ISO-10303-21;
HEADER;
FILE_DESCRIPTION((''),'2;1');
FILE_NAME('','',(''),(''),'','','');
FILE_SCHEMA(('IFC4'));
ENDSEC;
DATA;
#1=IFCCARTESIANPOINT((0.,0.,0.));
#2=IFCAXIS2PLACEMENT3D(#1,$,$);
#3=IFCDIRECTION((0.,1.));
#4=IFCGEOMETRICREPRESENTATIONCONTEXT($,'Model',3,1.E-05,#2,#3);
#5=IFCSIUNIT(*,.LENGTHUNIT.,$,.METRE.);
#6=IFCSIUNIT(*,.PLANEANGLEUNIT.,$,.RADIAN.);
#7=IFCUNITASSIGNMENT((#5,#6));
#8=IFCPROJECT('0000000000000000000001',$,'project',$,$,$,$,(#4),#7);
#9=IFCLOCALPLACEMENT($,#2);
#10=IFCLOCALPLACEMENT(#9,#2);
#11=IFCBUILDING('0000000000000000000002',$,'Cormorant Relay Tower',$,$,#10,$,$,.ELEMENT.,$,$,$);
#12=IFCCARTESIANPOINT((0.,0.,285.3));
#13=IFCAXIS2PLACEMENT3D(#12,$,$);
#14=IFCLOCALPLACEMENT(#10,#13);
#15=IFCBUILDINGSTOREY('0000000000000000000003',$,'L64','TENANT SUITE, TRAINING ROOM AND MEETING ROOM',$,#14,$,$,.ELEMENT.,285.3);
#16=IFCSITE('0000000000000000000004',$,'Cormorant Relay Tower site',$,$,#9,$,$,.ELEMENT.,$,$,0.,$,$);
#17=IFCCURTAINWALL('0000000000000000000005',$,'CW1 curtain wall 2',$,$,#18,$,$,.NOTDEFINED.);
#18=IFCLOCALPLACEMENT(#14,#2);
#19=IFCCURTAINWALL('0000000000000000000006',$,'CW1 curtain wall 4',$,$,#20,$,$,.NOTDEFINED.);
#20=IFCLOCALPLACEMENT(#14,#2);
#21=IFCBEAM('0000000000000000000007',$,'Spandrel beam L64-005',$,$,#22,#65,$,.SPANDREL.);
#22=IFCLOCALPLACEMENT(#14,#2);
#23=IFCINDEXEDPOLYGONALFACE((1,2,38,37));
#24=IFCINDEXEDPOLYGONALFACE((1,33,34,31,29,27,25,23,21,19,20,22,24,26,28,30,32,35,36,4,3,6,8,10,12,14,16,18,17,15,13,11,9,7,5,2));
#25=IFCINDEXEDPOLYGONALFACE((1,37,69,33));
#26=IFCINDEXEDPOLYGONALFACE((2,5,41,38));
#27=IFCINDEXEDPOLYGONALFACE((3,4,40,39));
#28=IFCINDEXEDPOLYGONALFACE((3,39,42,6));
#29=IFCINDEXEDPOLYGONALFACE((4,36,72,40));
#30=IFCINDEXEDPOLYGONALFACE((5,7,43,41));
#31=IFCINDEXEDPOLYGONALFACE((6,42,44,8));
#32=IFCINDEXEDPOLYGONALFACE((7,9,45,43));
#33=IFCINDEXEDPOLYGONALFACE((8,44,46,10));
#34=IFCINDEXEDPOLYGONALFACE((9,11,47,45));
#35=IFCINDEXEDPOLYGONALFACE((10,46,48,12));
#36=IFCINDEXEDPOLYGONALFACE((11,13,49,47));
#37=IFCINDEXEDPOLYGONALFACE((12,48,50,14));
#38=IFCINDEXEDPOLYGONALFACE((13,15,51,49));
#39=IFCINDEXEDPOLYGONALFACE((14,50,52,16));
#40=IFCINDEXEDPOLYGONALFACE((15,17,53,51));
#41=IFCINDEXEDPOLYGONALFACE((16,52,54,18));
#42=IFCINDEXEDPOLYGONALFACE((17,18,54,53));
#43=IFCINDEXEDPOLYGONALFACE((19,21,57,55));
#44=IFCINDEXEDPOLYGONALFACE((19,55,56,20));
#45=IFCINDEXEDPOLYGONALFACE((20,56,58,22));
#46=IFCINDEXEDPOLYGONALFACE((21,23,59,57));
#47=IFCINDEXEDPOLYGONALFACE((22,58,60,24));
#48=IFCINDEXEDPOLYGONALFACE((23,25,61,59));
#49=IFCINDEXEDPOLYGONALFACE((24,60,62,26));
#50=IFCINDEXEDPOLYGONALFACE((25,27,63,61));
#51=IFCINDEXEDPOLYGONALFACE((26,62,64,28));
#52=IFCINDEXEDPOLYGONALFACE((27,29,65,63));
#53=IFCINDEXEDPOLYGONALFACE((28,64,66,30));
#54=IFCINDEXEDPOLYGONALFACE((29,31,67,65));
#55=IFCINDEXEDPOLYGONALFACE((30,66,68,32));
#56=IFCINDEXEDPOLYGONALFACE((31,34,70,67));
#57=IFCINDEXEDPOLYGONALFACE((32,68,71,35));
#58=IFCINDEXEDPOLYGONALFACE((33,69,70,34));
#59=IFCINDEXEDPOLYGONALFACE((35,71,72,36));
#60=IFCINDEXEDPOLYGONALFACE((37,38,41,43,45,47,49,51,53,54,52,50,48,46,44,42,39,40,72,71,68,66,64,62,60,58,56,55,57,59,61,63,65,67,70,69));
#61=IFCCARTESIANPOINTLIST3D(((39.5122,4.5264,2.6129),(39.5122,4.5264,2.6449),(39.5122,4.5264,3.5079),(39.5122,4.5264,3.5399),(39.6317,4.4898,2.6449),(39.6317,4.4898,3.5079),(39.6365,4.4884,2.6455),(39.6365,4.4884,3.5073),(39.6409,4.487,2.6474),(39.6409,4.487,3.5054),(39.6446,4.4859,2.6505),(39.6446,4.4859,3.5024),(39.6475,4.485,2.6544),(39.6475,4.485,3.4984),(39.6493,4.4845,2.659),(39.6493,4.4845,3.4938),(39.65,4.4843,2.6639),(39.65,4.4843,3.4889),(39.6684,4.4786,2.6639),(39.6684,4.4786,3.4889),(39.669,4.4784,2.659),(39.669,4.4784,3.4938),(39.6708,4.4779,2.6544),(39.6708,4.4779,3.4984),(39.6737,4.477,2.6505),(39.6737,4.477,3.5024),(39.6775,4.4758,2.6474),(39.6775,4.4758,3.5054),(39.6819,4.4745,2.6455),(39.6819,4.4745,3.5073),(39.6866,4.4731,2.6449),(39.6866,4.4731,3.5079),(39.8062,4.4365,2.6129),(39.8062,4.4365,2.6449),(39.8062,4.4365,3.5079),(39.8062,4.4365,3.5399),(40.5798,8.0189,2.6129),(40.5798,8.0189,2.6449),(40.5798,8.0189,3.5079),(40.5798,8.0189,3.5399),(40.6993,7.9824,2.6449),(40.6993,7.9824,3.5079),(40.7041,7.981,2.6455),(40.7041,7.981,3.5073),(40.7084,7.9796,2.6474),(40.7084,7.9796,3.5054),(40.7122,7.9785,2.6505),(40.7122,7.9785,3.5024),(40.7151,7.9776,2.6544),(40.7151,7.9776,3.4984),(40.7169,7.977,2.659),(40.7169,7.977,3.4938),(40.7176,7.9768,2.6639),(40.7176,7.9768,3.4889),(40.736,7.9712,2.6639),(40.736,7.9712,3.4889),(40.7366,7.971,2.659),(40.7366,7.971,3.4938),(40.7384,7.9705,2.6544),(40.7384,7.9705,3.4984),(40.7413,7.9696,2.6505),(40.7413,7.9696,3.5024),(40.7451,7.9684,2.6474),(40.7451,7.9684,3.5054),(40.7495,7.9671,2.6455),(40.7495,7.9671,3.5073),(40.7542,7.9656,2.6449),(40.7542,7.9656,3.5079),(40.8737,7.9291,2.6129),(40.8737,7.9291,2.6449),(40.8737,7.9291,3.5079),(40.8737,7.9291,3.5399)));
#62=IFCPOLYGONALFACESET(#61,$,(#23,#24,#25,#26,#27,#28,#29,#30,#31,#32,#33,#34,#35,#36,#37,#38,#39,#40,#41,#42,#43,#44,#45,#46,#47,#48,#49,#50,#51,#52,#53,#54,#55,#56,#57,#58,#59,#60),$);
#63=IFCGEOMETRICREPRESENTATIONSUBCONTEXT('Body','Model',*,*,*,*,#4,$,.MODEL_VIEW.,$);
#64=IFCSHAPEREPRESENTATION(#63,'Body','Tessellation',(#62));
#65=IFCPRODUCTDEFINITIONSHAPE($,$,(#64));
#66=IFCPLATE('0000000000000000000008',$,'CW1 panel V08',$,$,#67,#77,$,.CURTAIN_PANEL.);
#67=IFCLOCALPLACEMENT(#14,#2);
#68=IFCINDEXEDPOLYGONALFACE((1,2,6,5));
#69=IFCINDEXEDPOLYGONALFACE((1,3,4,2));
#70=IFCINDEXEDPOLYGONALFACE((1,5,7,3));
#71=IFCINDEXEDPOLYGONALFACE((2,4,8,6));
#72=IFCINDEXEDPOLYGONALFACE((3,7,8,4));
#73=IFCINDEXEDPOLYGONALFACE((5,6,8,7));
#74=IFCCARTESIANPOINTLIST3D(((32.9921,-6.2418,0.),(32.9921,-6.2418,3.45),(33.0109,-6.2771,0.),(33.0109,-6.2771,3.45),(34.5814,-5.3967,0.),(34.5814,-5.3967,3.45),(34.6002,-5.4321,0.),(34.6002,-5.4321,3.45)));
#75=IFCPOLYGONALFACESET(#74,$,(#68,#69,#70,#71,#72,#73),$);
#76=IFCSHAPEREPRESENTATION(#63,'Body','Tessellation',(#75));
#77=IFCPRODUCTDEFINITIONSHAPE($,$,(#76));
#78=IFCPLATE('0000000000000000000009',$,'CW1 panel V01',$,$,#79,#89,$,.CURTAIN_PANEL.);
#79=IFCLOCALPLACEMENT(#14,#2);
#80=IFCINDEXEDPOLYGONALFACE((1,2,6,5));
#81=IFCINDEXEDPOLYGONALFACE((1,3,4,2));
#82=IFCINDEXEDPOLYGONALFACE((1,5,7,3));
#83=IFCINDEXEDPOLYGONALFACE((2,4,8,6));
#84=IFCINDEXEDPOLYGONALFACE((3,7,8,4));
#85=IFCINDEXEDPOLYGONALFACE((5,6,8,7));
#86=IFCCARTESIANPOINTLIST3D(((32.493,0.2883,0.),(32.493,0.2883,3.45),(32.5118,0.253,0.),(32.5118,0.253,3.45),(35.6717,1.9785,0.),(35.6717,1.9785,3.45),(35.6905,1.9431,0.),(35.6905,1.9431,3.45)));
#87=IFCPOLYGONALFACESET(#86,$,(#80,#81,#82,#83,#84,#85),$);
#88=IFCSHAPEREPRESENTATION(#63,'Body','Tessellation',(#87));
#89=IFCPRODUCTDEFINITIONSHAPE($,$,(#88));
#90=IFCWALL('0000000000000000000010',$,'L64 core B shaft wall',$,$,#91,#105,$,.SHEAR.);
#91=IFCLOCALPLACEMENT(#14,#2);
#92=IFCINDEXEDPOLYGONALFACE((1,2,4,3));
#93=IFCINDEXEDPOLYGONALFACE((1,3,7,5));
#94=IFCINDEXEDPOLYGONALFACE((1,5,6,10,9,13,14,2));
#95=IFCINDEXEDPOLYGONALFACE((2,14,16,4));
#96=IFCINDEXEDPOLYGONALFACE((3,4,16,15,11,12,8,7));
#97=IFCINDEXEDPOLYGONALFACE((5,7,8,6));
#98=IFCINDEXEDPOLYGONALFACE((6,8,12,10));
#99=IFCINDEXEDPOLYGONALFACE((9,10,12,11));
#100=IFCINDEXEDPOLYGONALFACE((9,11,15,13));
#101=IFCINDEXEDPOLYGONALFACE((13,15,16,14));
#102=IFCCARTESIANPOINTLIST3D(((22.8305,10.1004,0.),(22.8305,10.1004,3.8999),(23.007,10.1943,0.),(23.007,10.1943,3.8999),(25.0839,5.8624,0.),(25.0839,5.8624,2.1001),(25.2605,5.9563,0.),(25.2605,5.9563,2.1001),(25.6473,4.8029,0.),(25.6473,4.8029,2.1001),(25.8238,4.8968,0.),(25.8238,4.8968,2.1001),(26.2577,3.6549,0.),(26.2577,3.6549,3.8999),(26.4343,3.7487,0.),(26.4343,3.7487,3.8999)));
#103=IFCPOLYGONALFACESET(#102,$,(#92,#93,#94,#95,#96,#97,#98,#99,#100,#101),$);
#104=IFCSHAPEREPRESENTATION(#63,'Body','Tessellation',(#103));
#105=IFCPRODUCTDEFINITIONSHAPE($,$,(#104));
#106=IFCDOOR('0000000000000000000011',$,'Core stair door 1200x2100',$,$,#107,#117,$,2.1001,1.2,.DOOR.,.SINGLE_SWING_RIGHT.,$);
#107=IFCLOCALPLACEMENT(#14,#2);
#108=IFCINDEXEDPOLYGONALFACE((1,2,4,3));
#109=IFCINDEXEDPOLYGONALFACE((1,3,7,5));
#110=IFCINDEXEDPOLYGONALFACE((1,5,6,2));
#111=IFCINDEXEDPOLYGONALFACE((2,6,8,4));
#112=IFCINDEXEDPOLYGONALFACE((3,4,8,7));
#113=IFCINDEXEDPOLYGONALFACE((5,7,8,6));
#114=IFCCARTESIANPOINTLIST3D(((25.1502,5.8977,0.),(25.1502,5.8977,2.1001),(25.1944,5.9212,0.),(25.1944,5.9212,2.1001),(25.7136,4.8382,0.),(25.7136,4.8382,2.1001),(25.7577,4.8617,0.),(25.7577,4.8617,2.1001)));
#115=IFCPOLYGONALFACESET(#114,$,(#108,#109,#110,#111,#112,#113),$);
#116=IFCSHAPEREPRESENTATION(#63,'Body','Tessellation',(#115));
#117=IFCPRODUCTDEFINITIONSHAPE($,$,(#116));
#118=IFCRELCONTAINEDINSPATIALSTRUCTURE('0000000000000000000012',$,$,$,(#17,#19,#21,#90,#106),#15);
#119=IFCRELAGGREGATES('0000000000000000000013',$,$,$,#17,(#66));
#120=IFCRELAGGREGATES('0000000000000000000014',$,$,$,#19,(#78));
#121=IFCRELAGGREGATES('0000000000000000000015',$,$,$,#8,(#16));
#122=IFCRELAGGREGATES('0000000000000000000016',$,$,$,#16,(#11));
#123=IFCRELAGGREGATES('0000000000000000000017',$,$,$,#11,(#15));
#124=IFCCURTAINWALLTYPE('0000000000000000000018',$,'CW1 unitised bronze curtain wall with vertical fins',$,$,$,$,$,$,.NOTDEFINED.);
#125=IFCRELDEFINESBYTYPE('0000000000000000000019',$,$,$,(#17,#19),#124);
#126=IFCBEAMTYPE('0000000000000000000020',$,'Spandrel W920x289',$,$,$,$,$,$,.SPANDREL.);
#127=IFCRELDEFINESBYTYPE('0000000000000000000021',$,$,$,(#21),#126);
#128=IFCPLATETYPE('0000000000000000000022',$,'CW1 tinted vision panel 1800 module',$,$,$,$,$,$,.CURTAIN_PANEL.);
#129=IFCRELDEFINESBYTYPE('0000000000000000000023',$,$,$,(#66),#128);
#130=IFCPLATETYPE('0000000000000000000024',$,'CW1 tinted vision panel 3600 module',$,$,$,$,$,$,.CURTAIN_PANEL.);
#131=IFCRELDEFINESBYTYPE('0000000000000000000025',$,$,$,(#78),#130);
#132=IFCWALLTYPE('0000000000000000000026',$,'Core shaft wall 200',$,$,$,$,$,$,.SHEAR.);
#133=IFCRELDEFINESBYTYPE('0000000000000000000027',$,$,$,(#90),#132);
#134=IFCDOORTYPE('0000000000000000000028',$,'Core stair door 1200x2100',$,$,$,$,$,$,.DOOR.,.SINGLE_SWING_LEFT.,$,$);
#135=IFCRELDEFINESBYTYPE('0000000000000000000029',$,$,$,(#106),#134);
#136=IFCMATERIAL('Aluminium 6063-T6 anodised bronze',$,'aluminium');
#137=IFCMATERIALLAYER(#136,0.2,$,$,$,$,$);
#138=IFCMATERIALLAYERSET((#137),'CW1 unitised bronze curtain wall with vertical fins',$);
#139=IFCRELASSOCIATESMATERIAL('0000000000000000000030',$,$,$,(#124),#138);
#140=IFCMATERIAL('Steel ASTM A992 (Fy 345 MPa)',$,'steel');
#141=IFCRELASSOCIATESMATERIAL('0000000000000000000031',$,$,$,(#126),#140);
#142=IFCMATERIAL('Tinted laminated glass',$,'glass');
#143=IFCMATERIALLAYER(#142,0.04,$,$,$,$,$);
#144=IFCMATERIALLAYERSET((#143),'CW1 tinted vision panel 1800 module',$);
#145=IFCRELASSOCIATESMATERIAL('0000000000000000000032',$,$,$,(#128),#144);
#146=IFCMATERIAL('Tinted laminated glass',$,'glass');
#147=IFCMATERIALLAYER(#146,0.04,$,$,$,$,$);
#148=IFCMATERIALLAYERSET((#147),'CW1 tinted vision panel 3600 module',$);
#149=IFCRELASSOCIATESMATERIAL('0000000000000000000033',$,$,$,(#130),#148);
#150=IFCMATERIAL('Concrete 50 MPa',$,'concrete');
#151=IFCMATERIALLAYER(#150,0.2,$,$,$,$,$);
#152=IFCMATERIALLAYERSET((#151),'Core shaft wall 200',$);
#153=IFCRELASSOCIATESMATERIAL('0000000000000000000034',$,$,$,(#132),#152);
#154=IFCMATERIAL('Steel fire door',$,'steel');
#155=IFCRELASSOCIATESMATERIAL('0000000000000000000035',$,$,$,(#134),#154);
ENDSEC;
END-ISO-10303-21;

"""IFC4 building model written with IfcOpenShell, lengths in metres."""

from ifc_helpers import new_model, si_unit, direction, frame, frame_2d, origin, origin_2d, place, context, subcontext, project, spatial, rectangle, i_section, extrude, material, layer, layer_set, material_profile, profile_set, type_object, element, fill, aggregate, save


model = new_model("IFC4")

# Units and contexts
model_context = context("Model", 3, precision=1e-05, world=origin(), true_north=direction((0.0, 1.0)))
body_context = subcontext(model_context, "Body", "Model", "MODEL_VIEW")
ifc_project = project(units=[si_unit("LENGTHUNIT", "METRE"), si_unit("PLANEANGLEUNIT", "RADIAN")], contexts=[model_context])

# Site, building, storey
site_placement = place(None, origin())
site = spatial("IfcSite", under=ifc_project, at=site_placement, Name="Cormorant Relay Tower site", CompositionType="ELEMENT", RefElevation=0.0)
building_placement = place(site_placement, origin())
building = spatial("IfcBuilding", under=site, at=building_placement, Name="Cormorant Relay Tower", CompositionType="ELEMENT")
storey_placement = place(building_placement, frame((0.0, 0.0, 285.3)))
storey = spatial("IfcBuildingStorey", under=building, at=storey_placement, Name="L64", Description="TENANT SUITE, TRAINING ROOM AND MEETING ROOM", CompositionType="ELEMENT", Elevation=285.3)

# Curtain wall
ifc_material_1 = material(Name="Aluminium 6063-T6 anodised bronze", Category="aluminium")
ifc_layer_1 = layer(ifc_material_1, 0.2)
ifc_layer_set_1 = layer_set([ifc_layer_1], Name="CW1 unitised bronze curtain wall with vertical fins")
curtain_wall_type = type_object("IfcCurtainWallType", Name="CW1 unitised bronze curtain wall with vertical fins", PredefinedType="NOTDEFINED", material=ifc_layer_set_1)
curtain_wall_1_placement = place(storey_placement, origin())
curtain_wall_1 = element("IfcCurtainWall", 1, at=curtain_wall_1_placement, inside=storey, type_object=curtain_wall_type, Name="CW1 curtain wall 2", PredefinedType="NOTDEFINED")

# Curtain wall
curtain_wall_2_placement = place(storey_placement, origin())
curtain_wall_2 = element("IfcCurtainWall", 2, at=curtain_wall_2_placement, inside=storey, type_object=curtain_wall_type, Name="CW1 curtain wall 4", PredefinedType="NOTDEFINED")

# Beam
ifc_material_2 = material(Name="Steel ASTM A992 (Fy 345 MPa)", Category="steel")
ifc_material_profile_1 = material_profile(ifc_material_2, i_section(OverallWidth=0.3074, OverallDepth=0.927, WebThickness=0.0193, FlangeThickness=0.032, FilletRadius=0.019, at=origin_2d()), Name="W920x289")
ifc_profile_set_1 = profile_set([ifc_material_profile_1], Name="Steel ASTM A992 (Fy 345 MPa)")
beam_type = type_object("IfcBeamType", Name="Spandrel W920x289", PredefinedType="SPANDREL", material=ifc_profile_set_1)
beam_1_placement = place(storey_placement, frame((39.6592, 4.4814, 3.0764), z_axis=(0.292324, 0.956319, 0.0), x_axis=(-0.956319, 0.292324, 0.0)))
element("IfcBeam", 3, at=beam_1_placement, inside=storey, type_object=beam_type, Name="Spandrel beam L64-005", PredefinedType="SPANDREL", context=body_context, shape_type="SweptSolid", body=[
    extrude(i_section(OverallWidth=0.3074, OverallDepth=0.927, WebThickness=0.0193, FlangeThickness=0.032, FilletRadius=0.019, at=origin_2d()), origin(), (0.0, 0.0, 1.0), 3.6521),
])

# Plates
ifc_material_3 = material(Name="Tinted laminated glass", Category="glass")
ifc_layer_2 = layer(ifc_material_3, 0.04)
ifc_layer_set_2 = layer_set([ifc_layer_2], Name="CW1 tinted vision panel 1800 module")
plate_type_1 = type_object("IfcPlateType", Name="CW1 tinted vision panel 1800 module", PredefinedType="CURTAIN_PANEL", material=ifc_layer_set_2)
plate_1_placement = place(storey_placement, frame((33.7961, -5.8369, 0.0), z_axis=(0.0, 0.0, 1.0), x_axis=(0.882948, 0.469472, 0.0)))
plate_1 = element("IfcPlate", 4, at=plate_1_placement, type_object=plate_type_1, Name="CW1 panel V08", PredefinedType="CURTAIN_PANEL", context=body_context, shape_type="SweptSolid", body=[
    extrude(rectangle(XDim=1.8, YDim=0.04, at=origin_2d()), origin(), (0.0, 0.0, 1.0), 3.45),
])
ifc_material_4 = material(Name="Tinted laminated glass", Category="glass")
ifc_layer_3 = layer(ifc_material_4, 0.04)
ifc_layer_set_3 = layer_set([ifc_layer_3], Name="CW1 tinted vision panel 3600 module")
plate_type_2 = type_object("IfcPlateType", Name="CW1 tinted vision panel 3600 module", PredefinedType="CURTAIN_PANEL", material=ifc_layer_set_3)
plate_2_placement = place(storey_placement, frame((34.0918, 1.1157, 0.0), z_axis=(0.0, 0.0, 1.0), x_axis=(0.882948, 0.469472, 0.0)))
plate_2 = element("IfcPlate", 5, at=plate_2_placement, type_object=plate_type_2, Name="CW1 panel V01", PredefinedType="CURTAIN_PANEL", context=body_context, shape_type="SweptSolid", body=[
    extrude(rectangle(XDim=3.6001, YDim=0.04, at=origin_2d()), origin(), (0.0, 0.0, 1.0), 3.45),
])

# Wall, opening, door
ifc_material_5 = material(Name="Concrete 50 MPa", Category="concrete")
ifc_layer_4 = layer(ifc_material_5, 0.2)
ifc_layer_set_4 = layer_set([ifc_layer_4], Name="Core shaft wall 200")
wall_type_1 = type_object("IfcWallType", Name="Core shaft wall 200", PredefinedType="SHEAR", material=ifc_layer_set_4)
wall_1_placement = place(storey_placement, frame((26.3459, 3.7019, 0.0), z_axis=(0.0, 0.0, 1.0), x_axis=(-0.46948, 0.882943, 0.0)))
wall_1 = element("IfcWall", 6, at=wall_1_placement, inside=storey, type_object=wall_type_1, Name="L64 core B shaft wall", PredefinedType="SHEAR", context=body_context, shape_type="SweptSolid", body=[
    extrude(rectangle(XDim=7.3, YDim=0.2, at=frame_2d((3.6499, 0.0))), origin(), (0.0, 0.0, 1.0), 3.8999),
])
opening_1_placement = place(wall_1_placement, frame((1.3, 0.0, 0.0)))
opening_1 = element("IfcOpeningElement", 7, at=opening_1_placement, cuts=wall_1, PredefinedType="OPENING", context=body_context, shape_type="SweptSolid", body=[
    extrude(rectangle(XDim=1.2, YDim=2.1001, at=frame_2d((0.6001, 1.05))), frame((0.0, 0.1099, 0.0), z_axis=(0.0, -1.0, 0.0), x_axis=(1.0, 0.0, 0.0)), (0.0, 0.0, 1.0), 0.22),
])
ifc_material_6 = material(Name="Steel fire door", Category="steel")
door_type_1 = type_object("IfcDoorType", Name="Core stair door 1200x2100", OperationType="SINGLE_SWING_LEFT", PredefinedType="DOOR", material=ifc_material_6)
door_1_placement = place(opening_1_placement, origin())
door_1 = element("IfcDoor", 8, at=door_1_placement, inside=storey, type_object=door_type_1, Name="Core stair door 1200x2100", OperationType="SINGLE_SWING_RIGHT", OverallHeight=2.1001, OverallWidth=1.2, PredefinedType="DOOR", context=body_context, shape_type="SweptSolid", body=[
    extrude(rectangle(XDim=1.2, YDim=2.1001, at=frame_2d((0.6001, 1.05))), frame((0.0, 0.0249, 0.0), z_axis=(0.0, -1.0, 0.0), x_axis=(1.0, 0.0, 0.0)), (0.0, 0.0, 1.0), 0.05),
])
fill(opening_1, door_1)

aggregate(curtain_wall_1, [plate_1])
aggregate(curtain_wall_2, [plate_2])

save(model, "model.ifc")
